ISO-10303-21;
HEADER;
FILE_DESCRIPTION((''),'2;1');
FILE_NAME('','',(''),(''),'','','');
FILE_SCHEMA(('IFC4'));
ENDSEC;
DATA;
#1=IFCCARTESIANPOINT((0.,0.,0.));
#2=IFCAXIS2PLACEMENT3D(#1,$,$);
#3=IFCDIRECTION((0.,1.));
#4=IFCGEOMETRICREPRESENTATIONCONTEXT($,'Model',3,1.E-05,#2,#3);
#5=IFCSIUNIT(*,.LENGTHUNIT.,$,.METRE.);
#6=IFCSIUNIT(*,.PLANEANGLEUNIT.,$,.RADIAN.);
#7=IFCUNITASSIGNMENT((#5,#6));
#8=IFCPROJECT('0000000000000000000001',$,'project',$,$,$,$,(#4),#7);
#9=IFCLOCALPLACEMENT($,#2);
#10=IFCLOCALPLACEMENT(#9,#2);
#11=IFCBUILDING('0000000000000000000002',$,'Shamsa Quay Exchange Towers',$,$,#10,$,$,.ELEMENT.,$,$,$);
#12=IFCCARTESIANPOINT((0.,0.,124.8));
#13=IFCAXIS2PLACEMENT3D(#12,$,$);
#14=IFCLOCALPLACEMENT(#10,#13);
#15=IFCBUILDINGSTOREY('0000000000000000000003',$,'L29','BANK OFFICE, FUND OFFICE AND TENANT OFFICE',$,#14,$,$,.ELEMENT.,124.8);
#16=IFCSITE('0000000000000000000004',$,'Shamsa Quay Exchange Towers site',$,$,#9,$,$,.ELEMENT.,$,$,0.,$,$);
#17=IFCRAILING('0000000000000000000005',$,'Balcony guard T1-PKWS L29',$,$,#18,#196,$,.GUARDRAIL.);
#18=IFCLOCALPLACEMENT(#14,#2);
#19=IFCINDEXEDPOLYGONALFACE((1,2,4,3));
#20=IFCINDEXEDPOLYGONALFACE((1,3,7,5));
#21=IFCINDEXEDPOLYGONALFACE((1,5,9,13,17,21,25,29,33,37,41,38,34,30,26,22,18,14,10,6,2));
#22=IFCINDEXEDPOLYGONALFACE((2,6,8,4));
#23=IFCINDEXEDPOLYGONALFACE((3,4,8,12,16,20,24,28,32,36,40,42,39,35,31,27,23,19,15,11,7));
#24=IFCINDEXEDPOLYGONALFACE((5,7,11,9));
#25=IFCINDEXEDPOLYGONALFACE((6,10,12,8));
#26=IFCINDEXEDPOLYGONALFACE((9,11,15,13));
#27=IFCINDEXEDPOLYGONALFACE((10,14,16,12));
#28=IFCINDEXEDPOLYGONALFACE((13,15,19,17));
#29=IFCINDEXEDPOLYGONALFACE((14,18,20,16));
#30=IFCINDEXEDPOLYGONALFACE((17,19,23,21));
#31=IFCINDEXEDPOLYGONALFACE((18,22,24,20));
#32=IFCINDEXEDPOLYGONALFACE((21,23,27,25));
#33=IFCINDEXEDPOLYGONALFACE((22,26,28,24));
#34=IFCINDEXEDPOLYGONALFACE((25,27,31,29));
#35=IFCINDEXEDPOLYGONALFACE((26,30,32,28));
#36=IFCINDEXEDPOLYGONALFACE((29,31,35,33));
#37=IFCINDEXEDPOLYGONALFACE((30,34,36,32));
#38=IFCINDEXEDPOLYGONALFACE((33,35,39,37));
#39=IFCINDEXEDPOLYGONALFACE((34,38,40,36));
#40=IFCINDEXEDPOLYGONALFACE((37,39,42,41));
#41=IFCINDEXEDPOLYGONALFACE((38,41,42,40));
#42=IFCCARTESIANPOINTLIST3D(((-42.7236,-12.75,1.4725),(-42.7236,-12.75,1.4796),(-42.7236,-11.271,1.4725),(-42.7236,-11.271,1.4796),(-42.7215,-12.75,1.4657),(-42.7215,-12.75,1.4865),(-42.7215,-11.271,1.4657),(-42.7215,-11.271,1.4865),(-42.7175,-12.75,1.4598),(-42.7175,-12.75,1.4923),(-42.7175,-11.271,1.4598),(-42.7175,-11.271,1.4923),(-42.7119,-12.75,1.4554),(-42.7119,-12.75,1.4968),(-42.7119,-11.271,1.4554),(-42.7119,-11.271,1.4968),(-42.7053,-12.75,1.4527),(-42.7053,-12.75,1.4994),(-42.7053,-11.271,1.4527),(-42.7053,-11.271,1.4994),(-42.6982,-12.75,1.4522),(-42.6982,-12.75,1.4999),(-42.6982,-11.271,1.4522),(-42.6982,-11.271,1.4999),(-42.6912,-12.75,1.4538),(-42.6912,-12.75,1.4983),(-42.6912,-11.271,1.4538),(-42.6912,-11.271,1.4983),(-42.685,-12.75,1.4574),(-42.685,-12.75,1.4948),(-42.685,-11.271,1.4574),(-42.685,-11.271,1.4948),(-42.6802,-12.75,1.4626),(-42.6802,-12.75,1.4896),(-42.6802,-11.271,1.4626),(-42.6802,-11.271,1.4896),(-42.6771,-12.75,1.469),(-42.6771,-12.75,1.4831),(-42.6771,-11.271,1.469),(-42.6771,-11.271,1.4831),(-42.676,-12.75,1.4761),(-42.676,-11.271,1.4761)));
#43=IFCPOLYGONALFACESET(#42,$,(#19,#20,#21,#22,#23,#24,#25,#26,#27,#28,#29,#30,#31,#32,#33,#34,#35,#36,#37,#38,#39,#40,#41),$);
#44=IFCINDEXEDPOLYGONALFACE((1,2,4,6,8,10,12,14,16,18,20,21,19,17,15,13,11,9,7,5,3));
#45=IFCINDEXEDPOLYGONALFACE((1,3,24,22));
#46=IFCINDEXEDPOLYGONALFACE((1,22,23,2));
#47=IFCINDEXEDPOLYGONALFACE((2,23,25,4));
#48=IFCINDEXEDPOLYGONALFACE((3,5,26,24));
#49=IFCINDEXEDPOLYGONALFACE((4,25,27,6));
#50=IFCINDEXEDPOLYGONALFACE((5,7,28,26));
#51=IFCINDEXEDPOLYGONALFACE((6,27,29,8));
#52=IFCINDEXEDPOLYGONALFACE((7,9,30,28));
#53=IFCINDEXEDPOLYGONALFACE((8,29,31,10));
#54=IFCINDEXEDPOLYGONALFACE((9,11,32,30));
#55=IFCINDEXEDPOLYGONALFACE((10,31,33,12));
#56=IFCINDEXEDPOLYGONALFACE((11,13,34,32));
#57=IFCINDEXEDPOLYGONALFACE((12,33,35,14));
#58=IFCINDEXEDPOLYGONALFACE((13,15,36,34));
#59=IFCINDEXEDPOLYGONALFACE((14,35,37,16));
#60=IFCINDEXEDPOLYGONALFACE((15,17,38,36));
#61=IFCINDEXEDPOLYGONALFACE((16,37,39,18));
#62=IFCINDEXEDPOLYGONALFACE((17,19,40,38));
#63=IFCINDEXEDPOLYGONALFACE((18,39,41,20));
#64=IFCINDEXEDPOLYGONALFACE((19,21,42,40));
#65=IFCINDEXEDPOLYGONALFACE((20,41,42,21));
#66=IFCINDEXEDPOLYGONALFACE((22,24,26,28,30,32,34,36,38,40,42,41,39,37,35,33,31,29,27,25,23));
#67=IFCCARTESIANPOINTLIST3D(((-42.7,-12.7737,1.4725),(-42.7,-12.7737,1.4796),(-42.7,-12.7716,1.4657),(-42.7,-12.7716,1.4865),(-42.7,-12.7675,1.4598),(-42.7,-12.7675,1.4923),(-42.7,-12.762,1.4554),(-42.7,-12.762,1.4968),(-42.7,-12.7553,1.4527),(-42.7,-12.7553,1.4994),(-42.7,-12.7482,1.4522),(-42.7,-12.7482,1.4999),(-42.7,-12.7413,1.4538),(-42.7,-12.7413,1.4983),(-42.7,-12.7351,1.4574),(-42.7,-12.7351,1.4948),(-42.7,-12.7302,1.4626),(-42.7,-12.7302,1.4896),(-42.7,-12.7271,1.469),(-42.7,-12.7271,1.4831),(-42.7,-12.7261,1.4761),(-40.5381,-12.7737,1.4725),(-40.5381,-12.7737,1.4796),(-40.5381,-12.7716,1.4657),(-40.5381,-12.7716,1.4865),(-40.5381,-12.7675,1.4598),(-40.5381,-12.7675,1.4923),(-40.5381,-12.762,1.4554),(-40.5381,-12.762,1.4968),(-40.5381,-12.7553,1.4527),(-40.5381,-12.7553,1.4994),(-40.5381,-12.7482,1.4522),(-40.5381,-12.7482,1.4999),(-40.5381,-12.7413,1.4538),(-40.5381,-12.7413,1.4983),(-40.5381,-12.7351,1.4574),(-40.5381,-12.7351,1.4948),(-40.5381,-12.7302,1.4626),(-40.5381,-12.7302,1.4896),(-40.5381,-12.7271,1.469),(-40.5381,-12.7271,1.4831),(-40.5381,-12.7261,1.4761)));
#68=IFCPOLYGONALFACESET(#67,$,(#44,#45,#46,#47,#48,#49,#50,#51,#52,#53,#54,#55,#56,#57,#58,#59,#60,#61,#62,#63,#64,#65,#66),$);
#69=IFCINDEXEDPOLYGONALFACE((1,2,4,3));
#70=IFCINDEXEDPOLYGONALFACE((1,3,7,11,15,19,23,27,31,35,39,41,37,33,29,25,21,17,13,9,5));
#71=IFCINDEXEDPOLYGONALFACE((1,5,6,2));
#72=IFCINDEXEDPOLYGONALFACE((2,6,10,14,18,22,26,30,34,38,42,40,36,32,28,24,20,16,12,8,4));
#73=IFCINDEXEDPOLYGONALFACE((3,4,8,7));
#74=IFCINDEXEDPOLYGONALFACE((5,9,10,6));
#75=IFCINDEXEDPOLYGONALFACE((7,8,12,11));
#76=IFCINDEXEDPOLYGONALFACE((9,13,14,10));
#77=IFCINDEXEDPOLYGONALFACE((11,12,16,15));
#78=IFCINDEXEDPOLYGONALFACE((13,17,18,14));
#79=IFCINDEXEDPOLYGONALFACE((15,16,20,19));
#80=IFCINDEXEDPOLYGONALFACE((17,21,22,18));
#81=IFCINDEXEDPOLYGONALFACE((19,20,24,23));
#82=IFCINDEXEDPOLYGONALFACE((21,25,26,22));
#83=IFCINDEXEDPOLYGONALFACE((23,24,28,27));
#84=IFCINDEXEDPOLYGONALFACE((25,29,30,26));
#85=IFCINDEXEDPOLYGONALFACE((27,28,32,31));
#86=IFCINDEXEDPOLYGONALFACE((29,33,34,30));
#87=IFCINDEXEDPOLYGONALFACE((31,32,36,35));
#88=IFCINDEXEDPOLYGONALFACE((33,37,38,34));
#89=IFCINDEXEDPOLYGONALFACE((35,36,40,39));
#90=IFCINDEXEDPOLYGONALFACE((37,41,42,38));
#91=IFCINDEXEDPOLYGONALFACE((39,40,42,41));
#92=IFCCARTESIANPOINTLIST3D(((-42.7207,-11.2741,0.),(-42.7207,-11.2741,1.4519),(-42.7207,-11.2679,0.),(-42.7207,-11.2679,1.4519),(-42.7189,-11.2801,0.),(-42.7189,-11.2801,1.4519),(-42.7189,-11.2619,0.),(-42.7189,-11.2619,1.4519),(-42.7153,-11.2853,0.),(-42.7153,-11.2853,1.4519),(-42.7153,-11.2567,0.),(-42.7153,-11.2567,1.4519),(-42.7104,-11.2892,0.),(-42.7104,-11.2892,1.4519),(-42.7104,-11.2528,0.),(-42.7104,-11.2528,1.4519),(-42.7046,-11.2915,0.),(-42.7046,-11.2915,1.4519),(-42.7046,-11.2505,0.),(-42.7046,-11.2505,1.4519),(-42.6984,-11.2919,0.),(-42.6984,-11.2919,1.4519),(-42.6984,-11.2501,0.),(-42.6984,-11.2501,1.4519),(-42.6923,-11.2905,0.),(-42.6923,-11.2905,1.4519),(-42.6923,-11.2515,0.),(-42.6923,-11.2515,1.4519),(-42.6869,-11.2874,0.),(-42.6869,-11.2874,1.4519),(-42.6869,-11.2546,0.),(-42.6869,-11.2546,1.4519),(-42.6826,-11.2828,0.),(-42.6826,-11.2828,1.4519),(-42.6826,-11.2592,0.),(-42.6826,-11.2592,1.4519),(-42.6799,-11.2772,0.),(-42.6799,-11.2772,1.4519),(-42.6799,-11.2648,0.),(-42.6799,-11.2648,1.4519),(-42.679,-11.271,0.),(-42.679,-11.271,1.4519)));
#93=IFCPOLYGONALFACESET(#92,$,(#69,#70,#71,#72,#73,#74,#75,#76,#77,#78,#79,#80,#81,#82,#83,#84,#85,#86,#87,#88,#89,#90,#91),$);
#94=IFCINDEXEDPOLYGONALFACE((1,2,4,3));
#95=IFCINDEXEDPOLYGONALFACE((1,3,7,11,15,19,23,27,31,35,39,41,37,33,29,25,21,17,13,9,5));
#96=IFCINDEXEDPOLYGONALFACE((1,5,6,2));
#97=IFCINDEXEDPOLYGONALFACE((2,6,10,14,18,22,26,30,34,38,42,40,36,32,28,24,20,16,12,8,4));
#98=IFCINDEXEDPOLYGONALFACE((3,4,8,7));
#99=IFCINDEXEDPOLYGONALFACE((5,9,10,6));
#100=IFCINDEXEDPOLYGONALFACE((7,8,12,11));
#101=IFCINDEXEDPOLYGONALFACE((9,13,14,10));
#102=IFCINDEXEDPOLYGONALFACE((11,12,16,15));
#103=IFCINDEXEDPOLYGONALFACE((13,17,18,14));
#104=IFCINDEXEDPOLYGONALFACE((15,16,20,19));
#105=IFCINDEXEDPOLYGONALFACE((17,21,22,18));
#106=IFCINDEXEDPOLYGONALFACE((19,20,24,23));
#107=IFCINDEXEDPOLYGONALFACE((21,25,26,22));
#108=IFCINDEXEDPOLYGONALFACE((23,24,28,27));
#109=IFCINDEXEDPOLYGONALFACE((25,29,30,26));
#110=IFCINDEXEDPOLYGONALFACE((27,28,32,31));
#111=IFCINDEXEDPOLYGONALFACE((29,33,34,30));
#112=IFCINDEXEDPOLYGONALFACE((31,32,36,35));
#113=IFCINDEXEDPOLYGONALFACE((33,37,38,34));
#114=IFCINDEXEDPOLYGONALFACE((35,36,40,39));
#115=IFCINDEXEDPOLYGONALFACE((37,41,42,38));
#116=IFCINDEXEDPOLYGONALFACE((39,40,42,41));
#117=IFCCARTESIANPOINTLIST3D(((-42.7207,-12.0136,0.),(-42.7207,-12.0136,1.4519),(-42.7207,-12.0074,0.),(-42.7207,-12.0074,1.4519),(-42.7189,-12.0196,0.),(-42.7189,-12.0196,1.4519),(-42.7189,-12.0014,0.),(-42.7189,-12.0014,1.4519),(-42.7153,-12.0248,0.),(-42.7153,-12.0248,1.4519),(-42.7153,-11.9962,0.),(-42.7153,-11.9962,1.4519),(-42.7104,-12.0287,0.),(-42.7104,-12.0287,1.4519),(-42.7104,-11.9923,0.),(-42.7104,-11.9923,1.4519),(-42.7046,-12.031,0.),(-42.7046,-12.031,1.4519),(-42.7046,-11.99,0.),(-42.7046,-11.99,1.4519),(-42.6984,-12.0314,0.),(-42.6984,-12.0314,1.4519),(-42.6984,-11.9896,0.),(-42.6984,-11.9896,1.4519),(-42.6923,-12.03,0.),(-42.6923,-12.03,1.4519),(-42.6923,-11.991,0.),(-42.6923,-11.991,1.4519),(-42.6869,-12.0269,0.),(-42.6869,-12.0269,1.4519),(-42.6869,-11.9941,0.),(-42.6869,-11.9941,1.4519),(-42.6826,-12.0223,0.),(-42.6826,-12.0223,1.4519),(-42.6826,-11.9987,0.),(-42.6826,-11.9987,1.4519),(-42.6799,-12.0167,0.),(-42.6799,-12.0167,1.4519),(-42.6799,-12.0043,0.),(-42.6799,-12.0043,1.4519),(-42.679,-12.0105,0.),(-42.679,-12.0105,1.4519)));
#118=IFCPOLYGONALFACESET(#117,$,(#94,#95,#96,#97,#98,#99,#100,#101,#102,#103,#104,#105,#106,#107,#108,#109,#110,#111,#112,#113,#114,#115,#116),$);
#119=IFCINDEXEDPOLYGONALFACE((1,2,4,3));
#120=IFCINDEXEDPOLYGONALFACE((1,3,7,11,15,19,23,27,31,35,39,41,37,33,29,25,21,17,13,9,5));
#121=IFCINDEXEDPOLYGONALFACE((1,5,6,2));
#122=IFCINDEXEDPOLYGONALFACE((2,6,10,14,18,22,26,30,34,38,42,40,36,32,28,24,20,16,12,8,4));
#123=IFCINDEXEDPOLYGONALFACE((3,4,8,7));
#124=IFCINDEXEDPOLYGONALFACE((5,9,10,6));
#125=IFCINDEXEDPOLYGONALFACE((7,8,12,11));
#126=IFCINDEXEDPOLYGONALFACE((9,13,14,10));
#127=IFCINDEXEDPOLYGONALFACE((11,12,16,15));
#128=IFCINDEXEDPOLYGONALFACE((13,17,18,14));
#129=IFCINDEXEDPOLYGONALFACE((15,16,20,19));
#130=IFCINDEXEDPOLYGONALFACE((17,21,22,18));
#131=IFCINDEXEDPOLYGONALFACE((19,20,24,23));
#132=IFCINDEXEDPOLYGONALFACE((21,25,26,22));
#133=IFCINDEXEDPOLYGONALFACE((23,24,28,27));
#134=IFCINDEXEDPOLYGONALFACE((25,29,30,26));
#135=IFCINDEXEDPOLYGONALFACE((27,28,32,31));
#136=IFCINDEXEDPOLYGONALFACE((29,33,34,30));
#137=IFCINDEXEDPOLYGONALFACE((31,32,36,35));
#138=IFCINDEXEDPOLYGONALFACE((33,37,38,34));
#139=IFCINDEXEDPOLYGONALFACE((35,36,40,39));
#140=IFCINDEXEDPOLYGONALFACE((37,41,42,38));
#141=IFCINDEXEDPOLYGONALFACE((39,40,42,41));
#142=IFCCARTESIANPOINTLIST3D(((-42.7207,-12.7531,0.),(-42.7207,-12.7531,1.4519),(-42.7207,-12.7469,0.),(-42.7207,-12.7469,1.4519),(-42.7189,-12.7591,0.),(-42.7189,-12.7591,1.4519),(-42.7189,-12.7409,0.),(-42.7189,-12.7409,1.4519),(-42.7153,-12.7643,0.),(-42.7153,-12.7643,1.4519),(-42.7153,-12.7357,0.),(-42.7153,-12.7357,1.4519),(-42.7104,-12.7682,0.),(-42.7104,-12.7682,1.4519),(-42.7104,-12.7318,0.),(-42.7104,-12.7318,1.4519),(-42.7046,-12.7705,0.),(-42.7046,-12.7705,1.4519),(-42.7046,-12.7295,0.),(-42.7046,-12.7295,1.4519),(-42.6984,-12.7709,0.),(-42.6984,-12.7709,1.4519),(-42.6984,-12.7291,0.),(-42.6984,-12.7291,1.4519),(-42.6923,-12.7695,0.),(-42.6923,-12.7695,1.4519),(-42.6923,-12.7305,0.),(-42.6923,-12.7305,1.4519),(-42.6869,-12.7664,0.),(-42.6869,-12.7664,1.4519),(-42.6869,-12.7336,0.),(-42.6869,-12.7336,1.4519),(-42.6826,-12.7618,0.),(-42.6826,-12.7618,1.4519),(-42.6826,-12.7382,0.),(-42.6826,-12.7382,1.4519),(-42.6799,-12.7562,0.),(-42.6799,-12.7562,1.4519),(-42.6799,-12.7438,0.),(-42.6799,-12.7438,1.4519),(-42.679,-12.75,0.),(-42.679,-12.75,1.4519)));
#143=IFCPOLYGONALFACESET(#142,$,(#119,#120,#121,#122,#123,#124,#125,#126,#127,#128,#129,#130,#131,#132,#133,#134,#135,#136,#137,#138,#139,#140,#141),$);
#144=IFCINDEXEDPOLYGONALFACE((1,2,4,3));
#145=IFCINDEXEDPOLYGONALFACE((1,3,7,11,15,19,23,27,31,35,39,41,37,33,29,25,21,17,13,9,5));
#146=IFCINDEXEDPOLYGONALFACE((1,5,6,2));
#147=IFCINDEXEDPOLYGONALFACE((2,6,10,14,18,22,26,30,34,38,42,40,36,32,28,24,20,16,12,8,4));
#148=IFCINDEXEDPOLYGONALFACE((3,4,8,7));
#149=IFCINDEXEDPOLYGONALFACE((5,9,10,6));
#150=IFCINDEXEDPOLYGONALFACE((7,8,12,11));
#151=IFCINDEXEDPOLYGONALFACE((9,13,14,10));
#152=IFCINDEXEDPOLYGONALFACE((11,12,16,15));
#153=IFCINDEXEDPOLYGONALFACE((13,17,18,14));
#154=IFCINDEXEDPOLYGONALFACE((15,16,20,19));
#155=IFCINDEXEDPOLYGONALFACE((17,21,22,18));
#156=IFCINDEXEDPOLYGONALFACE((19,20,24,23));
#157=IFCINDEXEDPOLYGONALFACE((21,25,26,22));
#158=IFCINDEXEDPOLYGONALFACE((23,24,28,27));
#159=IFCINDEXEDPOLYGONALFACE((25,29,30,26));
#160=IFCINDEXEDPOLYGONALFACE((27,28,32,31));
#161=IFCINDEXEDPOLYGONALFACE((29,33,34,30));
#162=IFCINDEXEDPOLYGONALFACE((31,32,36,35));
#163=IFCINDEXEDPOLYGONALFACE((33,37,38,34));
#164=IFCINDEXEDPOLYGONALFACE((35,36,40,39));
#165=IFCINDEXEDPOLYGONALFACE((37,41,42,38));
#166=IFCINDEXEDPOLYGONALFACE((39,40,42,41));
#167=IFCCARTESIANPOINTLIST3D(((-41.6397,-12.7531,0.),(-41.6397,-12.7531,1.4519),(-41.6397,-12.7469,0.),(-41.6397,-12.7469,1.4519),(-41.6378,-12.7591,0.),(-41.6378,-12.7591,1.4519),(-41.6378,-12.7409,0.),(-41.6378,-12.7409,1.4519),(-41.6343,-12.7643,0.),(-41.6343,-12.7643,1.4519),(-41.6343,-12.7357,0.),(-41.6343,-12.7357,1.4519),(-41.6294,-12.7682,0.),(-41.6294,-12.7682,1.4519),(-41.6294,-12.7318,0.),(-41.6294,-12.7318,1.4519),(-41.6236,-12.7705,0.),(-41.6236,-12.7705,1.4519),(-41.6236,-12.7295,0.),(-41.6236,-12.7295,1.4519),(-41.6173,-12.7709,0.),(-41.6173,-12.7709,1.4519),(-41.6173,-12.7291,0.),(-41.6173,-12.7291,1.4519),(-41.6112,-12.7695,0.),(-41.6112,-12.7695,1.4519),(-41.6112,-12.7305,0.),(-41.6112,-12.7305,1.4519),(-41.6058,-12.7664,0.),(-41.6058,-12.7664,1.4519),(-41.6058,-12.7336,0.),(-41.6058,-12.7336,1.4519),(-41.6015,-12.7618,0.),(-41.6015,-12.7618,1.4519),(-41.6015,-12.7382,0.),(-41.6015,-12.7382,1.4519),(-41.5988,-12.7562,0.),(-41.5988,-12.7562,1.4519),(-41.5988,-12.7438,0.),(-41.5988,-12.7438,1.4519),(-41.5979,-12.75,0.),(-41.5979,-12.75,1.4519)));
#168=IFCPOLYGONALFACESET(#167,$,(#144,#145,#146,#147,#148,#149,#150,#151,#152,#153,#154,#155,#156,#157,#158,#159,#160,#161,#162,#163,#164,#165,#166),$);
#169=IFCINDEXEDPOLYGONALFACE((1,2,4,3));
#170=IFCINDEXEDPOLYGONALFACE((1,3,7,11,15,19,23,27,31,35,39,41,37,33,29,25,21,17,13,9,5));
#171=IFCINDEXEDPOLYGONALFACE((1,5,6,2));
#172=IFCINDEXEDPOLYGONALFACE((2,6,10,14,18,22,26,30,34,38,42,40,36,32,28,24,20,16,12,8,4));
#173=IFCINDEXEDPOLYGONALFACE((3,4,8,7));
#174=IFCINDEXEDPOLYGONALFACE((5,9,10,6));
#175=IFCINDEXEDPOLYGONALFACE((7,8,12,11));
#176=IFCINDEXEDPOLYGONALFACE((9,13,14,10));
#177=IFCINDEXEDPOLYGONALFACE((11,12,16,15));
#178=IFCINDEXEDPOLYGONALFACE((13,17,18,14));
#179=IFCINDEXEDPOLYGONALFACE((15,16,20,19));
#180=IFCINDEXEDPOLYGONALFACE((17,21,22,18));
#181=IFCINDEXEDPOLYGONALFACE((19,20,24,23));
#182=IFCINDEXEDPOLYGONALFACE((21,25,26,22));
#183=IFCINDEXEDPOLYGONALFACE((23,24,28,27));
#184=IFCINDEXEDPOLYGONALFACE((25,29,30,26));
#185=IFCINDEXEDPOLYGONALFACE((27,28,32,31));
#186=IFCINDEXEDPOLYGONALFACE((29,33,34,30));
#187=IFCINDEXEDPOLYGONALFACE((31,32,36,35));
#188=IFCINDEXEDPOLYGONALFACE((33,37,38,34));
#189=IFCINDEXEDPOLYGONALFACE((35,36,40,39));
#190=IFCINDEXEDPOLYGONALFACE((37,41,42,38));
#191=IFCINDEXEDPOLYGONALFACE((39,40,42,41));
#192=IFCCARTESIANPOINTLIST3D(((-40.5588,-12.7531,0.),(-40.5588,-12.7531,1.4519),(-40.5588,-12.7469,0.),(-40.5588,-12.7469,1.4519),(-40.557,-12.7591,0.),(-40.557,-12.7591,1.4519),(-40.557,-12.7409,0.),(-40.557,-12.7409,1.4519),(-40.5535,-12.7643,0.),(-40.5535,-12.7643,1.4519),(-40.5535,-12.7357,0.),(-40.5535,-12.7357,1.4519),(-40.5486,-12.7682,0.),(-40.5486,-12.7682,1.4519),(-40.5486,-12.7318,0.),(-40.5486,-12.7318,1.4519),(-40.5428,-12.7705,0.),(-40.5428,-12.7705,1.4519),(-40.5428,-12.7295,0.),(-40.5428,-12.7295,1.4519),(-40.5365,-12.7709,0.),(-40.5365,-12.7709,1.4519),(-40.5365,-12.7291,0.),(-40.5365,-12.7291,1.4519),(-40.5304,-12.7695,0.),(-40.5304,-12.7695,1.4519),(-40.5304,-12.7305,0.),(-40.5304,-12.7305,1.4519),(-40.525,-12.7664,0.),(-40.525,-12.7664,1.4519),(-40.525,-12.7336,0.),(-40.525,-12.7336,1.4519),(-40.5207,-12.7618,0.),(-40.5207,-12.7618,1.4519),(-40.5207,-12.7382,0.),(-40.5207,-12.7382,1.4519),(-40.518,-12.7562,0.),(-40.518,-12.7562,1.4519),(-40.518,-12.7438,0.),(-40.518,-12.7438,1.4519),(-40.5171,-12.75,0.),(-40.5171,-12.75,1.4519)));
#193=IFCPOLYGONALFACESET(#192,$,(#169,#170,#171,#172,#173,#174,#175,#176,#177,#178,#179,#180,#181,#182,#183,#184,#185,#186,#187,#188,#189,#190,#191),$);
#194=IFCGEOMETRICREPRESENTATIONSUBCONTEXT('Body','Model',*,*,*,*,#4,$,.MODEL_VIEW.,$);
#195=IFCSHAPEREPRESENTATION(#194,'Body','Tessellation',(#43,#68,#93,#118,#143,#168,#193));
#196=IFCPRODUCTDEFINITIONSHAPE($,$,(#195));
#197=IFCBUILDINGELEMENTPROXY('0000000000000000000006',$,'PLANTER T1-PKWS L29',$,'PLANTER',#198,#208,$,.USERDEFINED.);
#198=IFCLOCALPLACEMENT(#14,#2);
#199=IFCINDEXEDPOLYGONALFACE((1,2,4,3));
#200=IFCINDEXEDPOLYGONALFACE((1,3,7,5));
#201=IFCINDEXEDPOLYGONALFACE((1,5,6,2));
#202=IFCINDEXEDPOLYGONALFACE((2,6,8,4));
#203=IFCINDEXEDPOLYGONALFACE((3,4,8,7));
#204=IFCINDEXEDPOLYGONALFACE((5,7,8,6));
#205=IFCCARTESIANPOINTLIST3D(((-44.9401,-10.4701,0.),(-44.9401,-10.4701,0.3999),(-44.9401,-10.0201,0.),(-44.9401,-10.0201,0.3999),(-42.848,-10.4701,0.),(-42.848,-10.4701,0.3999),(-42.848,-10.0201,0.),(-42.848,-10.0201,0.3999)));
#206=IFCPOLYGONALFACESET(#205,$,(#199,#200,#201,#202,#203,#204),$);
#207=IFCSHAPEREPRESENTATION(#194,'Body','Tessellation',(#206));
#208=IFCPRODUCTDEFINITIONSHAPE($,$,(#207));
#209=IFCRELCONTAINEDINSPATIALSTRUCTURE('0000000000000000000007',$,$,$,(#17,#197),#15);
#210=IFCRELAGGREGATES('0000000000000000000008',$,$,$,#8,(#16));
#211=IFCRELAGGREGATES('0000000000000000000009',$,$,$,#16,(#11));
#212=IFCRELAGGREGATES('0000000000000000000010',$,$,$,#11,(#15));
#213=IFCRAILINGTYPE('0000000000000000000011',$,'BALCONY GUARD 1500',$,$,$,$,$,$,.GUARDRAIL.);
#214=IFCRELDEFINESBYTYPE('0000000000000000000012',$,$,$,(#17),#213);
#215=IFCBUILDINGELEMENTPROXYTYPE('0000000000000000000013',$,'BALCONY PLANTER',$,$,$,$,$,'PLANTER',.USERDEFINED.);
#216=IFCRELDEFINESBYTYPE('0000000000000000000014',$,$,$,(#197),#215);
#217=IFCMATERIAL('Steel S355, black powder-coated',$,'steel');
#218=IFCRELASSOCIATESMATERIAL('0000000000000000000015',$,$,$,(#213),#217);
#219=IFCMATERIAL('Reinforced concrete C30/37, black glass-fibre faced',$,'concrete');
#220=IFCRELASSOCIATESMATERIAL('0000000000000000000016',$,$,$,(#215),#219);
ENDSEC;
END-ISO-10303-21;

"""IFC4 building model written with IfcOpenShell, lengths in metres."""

from ifc_helpers import new_model, si_unit, direction, frame, origin, origin_2d, place, context, subcontext, project, spatial, rectangle, circle, extrude, material, type_object, element, save


model = new_model("IFC4")

# Units and contexts
model_context = context("Model", 3, precision=1e-05, world=origin(), true_north=direction((0.0, 1.0)))
body_context = subcontext(model_context, "Body", "Model", "MODEL_VIEW")
ifc_project = project(units=[si_unit("LENGTHUNIT", "METRE"), si_unit("PLANEANGLEUNIT", "RADIAN")], contexts=[model_context])

# Site, building, storey
site_placement = place(None, origin())
site = spatial("IfcSite", under=ifc_project, at=site_placement, Name="Shamsa Quay Exchange Towers site", CompositionType="ELEMENT", RefElevation=0.0)
building_placement = place(site_placement, origin())
building = spatial("IfcBuilding", under=site, at=building_placement, Name="Shamsa Quay Exchange Towers", CompositionType="ELEMENT")
storey_placement = place(building_placement, frame((0.0, 0.0, 124.8)))
storey = spatial("IfcBuildingStorey", under=building, at=storey_placement, Name="L29", Description="BANK OFFICE, FUND OFFICE AND TENANT OFFICE", CompositionType="ELEMENT", Elevation=124.8)

# Railing
ifc_material_1 = material(Name="Steel S355, black powder-coated", Category="steel")
railing_type = type_object("IfcRailingType", Name="BALCONY GUARD 1500", PredefinedType="GUARDRAIL", material=ifc_material_1)
for number, where, name in (
    (1, (-42.7, -11.271, 0.0), "Balcony guard T1-PKWS L29"),
):
    element("IfcRailing", number, at=place(storey_placement, frame(where)), inside=storey, type_object=railing_type, Name=name, PredefinedType="GUARDRAIL", context=body_context, shape_type="SweptSolid", body=[
        extrude(circle(Radius=0.0239, at=origin_2d()), frame((0.0, 0.0, 1.4761), z_axis=(0.0, -1.0, 0.0), x_axis=(1.0, 0.0, 0.0)), (0.0, 0.0, 1.0), 1.479),
        extrude(circle(Radius=0.0239, at=origin_2d()), frame((0.0, -1.479, 1.4761), z_axis=(1.0, 0.0, 0.0), x_axis=(0.0, 1.0, 0.0)), (0.0, 0.0, 1.0), 2.1619),
        extrude(circle(Radius=0.021, at=origin_2d()), origin(), (0.0, 0.0, 1.0), 1.4519),
        extrude(circle(Radius=0.021, at=origin_2d()), frame((0.0, -0.7395, 0.0)), (0.0, 0.0, 1.0), 1.4519),
        extrude(circle(Radius=0.021, at=origin_2d()), frame((0.0, -1.479, 0.0)), (0.0, 0.0, 1.0), 1.4519),
        extrude(circle(Radius=0.021, at=origin_2d()), frame((1.0811, -1.479, 0.0)), (0.0, 0.0, 1.0), 1.4519),
        extrude(circle(Radius=0.021, at=origin_2d()), frame((2.1619, -1.479, 0.0)), (0.0, 0.0, 1.0), 1.4519),
    ])

# Building element proxy
ifc_material_2 = material(Name="Reinforced concrete C30/37, black glass-fibre faced", Category="concrete")
building_element_proxy_type = type_object("IfcBuildingElementProxyType", Name="BALCONY PLANTER", ElementType="PLANTER", PredefinedType="USERDEFINED", material=ifc_material_2)
proxy_placement = place(storey_placement, frame((-43.894, -10.2451, 0.0)))
element("IfcBuildingElementProxy", 2, at=proxy_placement, inside=storey, type_object=building_element_proxy_type, Name="PLANTER T1-PKWS L29", ObjectType="PLANTER", PredefinedType="USERDEFINED", context=body_context, shape_type="SweptSolid", body=[
    extrude(rectangle(XDim=2.092, YDim=0.45, at=origin_2d()), origin(), (0.0, 0.0, 1.0), 0.3999),
])

save(model, "model.ifc")
